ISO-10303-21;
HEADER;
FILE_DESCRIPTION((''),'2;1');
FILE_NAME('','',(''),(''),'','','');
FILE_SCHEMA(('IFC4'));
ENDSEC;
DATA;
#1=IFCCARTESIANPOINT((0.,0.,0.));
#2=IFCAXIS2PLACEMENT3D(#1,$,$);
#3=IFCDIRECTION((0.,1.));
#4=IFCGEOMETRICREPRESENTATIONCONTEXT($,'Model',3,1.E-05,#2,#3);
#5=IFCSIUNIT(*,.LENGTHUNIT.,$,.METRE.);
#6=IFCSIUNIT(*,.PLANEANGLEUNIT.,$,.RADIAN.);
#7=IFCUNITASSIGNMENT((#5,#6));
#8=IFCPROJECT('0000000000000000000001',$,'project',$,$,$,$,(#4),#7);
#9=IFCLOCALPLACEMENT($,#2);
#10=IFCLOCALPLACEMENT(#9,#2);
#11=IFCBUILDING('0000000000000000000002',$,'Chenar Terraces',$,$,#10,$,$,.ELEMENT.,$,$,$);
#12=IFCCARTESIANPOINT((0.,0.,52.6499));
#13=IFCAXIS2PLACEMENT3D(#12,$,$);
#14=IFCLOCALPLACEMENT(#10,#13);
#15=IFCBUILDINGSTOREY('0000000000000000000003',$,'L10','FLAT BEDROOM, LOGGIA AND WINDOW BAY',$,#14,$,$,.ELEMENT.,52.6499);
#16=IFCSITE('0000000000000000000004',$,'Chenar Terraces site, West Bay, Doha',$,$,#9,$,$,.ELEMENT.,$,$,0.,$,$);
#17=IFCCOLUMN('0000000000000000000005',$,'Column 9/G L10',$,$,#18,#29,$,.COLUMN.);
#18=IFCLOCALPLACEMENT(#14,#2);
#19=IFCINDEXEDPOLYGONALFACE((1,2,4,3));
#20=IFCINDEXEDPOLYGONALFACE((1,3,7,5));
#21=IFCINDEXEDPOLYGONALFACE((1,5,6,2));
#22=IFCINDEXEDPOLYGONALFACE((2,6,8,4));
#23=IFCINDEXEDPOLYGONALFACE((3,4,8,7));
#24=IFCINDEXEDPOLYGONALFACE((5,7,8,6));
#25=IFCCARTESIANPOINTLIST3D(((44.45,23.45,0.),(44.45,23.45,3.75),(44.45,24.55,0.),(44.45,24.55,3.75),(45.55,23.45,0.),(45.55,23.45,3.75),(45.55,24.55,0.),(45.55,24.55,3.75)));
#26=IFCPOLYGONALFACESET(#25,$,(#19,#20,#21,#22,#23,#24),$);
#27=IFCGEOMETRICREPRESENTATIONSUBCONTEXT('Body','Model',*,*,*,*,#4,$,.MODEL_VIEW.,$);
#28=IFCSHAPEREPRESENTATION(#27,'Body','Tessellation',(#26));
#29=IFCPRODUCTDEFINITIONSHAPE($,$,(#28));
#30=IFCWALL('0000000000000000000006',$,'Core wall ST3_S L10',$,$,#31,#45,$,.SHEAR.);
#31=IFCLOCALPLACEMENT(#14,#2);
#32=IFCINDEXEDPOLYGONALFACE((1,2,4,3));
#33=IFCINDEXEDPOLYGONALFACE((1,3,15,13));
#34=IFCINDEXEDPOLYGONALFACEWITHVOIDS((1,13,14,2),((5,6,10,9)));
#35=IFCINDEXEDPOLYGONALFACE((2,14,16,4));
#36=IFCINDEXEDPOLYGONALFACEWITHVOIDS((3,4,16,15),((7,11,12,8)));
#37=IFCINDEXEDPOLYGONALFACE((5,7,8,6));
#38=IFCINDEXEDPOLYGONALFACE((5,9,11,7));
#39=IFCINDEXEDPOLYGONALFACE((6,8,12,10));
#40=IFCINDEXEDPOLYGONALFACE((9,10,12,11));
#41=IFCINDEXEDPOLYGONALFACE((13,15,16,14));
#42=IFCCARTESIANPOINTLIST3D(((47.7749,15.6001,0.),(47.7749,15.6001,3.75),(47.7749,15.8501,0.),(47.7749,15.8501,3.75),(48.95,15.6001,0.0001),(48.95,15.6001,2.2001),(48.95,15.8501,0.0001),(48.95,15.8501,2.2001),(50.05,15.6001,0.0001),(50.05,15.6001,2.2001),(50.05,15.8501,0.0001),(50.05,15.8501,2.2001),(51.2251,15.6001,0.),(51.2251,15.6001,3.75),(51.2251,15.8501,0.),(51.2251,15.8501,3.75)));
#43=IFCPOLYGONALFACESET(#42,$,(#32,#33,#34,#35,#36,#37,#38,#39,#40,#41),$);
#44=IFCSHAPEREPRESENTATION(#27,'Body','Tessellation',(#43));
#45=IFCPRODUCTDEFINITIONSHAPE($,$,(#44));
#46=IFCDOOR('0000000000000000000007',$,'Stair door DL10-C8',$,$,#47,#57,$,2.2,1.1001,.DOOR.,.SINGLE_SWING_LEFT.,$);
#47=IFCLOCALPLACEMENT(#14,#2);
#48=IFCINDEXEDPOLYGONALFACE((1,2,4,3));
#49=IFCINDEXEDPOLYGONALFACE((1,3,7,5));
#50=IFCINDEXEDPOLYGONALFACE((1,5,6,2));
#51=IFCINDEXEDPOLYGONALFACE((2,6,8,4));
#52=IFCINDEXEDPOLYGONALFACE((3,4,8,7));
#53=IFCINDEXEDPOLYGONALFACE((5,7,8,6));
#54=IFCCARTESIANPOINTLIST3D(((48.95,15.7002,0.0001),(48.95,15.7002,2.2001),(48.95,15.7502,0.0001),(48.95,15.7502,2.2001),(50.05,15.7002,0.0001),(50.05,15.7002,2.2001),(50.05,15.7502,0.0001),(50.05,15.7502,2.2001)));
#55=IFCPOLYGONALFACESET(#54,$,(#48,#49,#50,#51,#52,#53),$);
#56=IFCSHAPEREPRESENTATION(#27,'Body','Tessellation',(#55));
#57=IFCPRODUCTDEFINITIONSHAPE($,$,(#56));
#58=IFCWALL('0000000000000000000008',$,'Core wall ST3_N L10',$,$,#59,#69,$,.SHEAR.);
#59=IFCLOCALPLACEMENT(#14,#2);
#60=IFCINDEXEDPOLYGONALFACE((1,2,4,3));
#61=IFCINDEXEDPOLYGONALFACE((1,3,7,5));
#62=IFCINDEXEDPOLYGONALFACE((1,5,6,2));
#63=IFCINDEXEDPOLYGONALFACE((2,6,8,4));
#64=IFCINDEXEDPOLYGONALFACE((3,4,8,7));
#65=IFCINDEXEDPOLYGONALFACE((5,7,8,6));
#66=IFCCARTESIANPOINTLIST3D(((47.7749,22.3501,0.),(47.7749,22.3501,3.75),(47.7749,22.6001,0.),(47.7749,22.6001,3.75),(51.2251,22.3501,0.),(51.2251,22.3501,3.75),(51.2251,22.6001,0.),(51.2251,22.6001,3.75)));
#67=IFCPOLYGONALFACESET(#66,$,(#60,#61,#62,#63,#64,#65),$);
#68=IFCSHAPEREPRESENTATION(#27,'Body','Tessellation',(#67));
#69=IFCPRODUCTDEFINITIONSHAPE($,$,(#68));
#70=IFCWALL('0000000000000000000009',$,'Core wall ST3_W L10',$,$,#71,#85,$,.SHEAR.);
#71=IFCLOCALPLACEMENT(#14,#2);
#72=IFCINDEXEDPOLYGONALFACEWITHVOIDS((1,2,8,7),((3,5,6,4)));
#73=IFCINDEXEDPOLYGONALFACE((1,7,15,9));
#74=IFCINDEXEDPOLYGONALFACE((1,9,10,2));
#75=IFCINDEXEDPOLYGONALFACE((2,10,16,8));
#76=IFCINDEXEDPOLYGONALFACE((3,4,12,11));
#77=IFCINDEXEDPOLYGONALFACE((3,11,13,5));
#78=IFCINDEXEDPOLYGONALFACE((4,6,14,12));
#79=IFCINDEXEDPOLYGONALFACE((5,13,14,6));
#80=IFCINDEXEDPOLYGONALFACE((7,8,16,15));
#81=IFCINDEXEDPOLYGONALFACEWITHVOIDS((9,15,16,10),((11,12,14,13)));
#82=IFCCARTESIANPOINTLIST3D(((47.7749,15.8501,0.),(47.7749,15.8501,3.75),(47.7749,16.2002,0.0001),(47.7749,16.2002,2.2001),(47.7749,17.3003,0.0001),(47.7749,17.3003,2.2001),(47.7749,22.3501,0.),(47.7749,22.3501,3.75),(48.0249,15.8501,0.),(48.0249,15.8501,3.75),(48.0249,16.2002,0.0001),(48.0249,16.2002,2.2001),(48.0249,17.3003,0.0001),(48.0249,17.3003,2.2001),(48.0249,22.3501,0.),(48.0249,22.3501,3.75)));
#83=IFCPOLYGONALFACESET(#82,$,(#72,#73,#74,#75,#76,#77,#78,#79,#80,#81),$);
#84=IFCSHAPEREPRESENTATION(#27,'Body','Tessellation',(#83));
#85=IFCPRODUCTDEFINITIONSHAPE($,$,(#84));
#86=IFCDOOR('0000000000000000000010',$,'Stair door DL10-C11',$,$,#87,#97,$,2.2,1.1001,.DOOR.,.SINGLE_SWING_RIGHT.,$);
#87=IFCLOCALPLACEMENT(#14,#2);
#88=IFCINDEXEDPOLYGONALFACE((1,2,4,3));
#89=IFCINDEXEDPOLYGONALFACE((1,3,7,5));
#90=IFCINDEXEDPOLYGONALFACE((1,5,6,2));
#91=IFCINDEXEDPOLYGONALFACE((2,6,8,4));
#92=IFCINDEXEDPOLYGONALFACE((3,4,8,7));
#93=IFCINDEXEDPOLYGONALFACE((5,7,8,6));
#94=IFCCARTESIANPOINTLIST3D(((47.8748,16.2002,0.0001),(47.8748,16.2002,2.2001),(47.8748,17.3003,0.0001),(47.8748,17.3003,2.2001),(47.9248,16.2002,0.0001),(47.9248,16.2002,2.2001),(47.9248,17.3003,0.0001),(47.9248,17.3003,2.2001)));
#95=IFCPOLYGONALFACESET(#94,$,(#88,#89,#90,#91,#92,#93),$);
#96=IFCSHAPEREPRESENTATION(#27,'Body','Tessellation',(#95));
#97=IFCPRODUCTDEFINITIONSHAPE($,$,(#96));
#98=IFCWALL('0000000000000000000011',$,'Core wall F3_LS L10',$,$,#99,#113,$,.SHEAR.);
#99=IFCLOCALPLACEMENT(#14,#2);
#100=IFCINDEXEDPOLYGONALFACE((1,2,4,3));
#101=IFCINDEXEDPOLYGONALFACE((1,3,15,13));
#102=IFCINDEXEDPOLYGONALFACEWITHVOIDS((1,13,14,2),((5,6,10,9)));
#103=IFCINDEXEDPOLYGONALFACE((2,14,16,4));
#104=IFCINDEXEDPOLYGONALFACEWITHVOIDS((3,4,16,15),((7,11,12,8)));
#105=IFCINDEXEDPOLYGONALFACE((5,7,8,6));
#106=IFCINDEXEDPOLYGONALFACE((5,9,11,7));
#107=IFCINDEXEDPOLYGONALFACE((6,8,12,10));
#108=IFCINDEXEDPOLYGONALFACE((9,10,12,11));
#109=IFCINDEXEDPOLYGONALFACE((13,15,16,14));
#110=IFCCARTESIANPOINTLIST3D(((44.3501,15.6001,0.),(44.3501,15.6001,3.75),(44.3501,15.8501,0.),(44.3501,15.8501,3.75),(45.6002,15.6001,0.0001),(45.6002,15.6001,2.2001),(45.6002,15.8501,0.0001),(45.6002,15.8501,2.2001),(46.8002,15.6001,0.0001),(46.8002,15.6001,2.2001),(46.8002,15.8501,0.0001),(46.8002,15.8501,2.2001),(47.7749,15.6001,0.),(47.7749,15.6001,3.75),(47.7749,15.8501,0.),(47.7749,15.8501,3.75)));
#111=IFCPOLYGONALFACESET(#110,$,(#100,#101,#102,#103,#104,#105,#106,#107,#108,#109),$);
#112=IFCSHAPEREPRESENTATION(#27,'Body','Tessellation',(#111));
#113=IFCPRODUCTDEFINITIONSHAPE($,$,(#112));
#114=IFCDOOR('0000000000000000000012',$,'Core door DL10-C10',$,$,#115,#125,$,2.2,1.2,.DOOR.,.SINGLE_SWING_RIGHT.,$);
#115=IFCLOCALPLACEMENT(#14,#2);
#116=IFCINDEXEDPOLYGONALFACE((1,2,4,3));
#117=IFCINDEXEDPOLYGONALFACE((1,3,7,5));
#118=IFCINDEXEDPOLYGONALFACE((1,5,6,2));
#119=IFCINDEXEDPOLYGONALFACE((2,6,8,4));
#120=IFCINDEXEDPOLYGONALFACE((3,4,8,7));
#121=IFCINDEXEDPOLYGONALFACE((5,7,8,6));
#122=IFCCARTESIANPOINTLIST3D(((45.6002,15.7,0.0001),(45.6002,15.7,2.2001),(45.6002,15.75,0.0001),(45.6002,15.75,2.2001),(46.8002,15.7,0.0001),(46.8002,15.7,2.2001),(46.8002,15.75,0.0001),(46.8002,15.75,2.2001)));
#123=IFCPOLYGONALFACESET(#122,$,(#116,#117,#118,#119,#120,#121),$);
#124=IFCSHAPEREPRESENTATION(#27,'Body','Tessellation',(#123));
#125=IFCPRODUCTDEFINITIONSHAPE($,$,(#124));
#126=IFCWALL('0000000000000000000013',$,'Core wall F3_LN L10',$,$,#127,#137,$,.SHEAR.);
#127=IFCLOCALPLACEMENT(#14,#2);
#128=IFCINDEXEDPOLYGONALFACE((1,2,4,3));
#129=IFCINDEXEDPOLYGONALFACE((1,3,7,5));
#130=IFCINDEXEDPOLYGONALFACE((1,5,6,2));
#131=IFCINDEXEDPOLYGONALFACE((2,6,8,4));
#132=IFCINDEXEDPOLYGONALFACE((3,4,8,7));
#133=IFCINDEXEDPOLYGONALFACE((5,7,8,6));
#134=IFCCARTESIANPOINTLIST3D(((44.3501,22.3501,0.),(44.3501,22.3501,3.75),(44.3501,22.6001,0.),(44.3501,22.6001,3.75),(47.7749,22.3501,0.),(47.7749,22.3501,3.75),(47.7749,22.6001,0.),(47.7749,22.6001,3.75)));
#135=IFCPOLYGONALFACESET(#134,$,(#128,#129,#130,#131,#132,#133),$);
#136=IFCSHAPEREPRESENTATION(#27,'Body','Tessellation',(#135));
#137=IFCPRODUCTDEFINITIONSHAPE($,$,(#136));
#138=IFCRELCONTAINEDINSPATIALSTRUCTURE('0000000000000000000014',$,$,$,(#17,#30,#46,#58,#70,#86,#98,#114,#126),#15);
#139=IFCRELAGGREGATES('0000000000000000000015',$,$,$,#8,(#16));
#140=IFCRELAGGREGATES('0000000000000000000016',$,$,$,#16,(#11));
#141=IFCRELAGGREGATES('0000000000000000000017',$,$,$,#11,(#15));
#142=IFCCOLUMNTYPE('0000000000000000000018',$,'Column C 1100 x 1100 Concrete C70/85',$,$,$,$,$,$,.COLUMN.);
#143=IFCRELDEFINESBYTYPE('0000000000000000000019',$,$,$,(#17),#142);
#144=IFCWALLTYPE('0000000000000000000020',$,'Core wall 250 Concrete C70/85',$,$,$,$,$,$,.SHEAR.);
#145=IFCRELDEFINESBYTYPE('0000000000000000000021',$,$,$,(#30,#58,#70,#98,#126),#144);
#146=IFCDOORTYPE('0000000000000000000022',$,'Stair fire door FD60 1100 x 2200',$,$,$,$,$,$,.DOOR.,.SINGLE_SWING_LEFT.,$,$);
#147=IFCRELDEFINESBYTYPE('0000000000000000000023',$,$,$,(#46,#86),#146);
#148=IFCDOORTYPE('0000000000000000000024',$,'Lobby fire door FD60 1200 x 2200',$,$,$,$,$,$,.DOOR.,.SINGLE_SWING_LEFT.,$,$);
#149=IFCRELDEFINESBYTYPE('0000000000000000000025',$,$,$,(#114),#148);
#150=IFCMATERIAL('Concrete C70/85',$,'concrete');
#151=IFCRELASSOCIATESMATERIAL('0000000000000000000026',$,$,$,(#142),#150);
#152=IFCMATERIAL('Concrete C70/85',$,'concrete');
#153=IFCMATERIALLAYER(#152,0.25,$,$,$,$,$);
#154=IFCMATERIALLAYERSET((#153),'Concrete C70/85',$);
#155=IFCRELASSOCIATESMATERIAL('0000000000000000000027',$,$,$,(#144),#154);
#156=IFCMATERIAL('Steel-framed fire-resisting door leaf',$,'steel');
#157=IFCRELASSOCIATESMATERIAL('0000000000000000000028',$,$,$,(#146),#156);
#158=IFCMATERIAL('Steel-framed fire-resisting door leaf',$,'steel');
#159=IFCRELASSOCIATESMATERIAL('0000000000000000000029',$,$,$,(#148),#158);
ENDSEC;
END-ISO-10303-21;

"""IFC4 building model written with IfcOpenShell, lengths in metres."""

from ifc_helpers import new_model, si_unit, direction, frame, frame_2d, origin, origin_2d, place, context, subcontext, project, spatial, rectangle, extrude, material, layer, layer_set, material_profile, profile_set, type_object, element, fill, save


model = new_model("IFC4")

# Units and contexts
model_context = context("Model", 3, precision=1e-05, world=origin(), true_north=direction((0.0, 1.0)))
body_context = subcontext(model_context, "Body", "Model", "MODEL_VIEW")
ifc_project = project(units=[si_unit("LENGTHUNIT", "METRE"), si_unit("PLANEANGLEUNIT", "RADIAN")], contexts=[model_context])

# Site, building, storey
site_placement = place(None, origin())
site = spatial("IfcSite", under=ifc_project, at=site_placement, Name="Chenar Terraces site, West Bay, Doha", CompositionType="ELEMENT", RefElevation=0.0)
building_placement = place(site_placement, origin())
building = spatial("IfcBuilding", under=site, at=building_placement, Name="Chenar Terraces", CompositionType="ELEMENT")
storey_placement = place(building_placement, frame((0.0, 0.0, 52.6499)))
storey = spatial("IfcBuildingStorey", under=building, at=storey_placement, Name="L10", Description="FLAT BEDROOM, LOGGIA AND WINDOW BAY", CompositionType="ELEMENT", Elevation=52.6499)

# Column
ifc_material_1 = material(Name="Concrete C70/85", Category="concrete")
ifc_material_profile = material_profile(ifc_material_1, rectangle(XDim=1.1001, YDim=1.1001, at=origin_2d()), Name="C 1100 x 1100")
ifc_profile_set = profile_set([ifc_material_profile], Name="Concrete C70/85")
column_type = type_object("IfcColumnType", Name="Column C 1100 x 1100 Concrete C70/85", PredefinedType="COLUMN", material=ifc_profile_set)
column_placement = place(storey_placement, frame((45.0, 24.0, 0.0), z_axis=(0.0, 0.0, 1.0), x_axis=(1.0, 0.0, 0.0)))
element("IfcColumn", 1, at=column_placement, inside=storey, type_object=column_type, Name="Column 9/G L10", PredefinedType="COLUMN", context=body_context, shape_type="SweptSolid", body=[
    extrude(rectangle(XDim=1.1001, YDim=1.1001, at=origin_2d()), origin(), (0.0, 0.0, 1.0), 3.75),
])

# Wall, opening, door
ifc_material_2 = material(Name="Concrete C70/85", Category="concrete")
ifc_layer_1 = layer(ifc_material_2, 0.25)
ifc_layer_set_1 = layer_set([ifc_layer_1], Name="Concrete C70/85")
wall_type_1 = type_object("IfcWallType", Name="Core wall 250 Concrete C70/85", PredefinedType="SHEAR", material=ifc_layer_set_1)
wall_1_placement = place(storey_placement, frame((47.7749, 15.7251, 0.0), z_axis=(0.0, 0.0, 1.0), x_axis=(1.0, 0.0, 0.0)))
wall_1 = element("IfcWall", 2, at=wall_1_placement, inside=storey, type_object=wall_type_1, Name="Core wall ST3_S L10", PredefinedType="SHEAR", context=body_context, shape_type="SweptSolid", body=[
    extrude(rectangle(XDim=3.4502, YDim=0.25, at=frame_2d((1.7251, 0.0))), origin(), (0.0, 0.0, 1.0), 3.75),
])
opening_1_placement = place(wall_1_placement, frame((1.175, 0.0, 0.0)))
opening_1 = element("IfcOpeningElement", 3, at=opening_1_placement, cuts=wall_1, PredefinedType="OPENING", context=body_context, shape_type="SweptSolid", body=[
    extrude(rectangle(XDim=1.1001, YDim=2.2, at=frame_2d((0.55, 1.1001))), frame((0.0, 0.135, 0.0), z_axis=(0.0, -1.0, 0.0), x_axis=(1.0, 0.0, 0.0)), (0.0, 0.0, 1.0), 0.27),
])
ifc_material_3 = material(Name="Steel-framed fire-resisting door leaf", Category="steel")
door_type_1 = type_object("IfcDoorType", Name="Stair fire door FD60 1100 x 2200", OperationType="SINGLE_SWING_LEFT", PredefinedType="DOOR", material=ifc_material_3)
door_1_placement = place(opening_1_placement, frame((1.1001, 0.0, 0.0), z_axis=(0.0, 0.0, 1.0), x_axis=(-1.0, 0.0, 0.0)))
door_1 = element("IfcDoor", 4, at=door_1_placement, inside=storey, type_object=door_type_1, Name="Stair door DL10-C8", OperationType="SINGLE_SWING_LEFT", OverallHeight=2.2, OverallWidth=1.1001, PredefinedType="DOOR", context=body_context, shape_type="SweptSolid", body=[
    extrude(rectangle(XDim=1.1001, YDim=2.2, at=frame_2d((0.55, 1.1001))), frame((0.0, 0.0249, 0.0), z_axis=(0.0, -1.0, 0.0), x_axis=(1.0, 0.0, 0.0)), (0.0, 0.0, 1.0), 0.05),
])
fill(opening_1, door_1)

# Wall
wall_2_placement = place(storey_placement, frame((47.7749, 22.4751, 0.0), z_axis=(0.0, 0.0, 1.0), x_axis=(1.0, 0.0, 0.0)))
element("IfcWall", 5, at=wall_2_placement, inside=storey, type_object=wall_type_1, Name="Core wall ST3_N L10", PredefinedType="SHEAR", context=body_context, shape_type="SweptSolid", body=[
    extrude(rectangle(XDim=3.4502, YDim=0.25, at=frame_2d((1.7251, 0.0))), origin(), (0.0, 0.0, 1.0), 3.75),
])

# Walls, openings, doors
wall_3_placement = place(storey_placement, frame((47.8999, 15.8501, 0.0), z_axis=(0.0, 0.0, 1.0), x_axis=(0.0, 1.0, 0.0)))
wall_3 = element("IfcWall", 6, at=wall_3_placement, inside=storey, type_object=wall_type_1, Name="Core wall ST3_W L10", PredefinedType="SHEAR", context=body_context, shape_type="SweptSolid", body=[
    extrude(rectangle(XDim=6.5, YDim=0.25, at=frame_2d((3.25, 0.0))), origin(), (0.0, 0.0, 1.0), 3.75),
])
opening_2_placement = place(wall_3_placement, frame((0.3501, 0.0, 0.0)))
opening_2 = element("IfcOpeningElement", 7, at=opening_2_placement, cuts=wall_3, PredefinedType="OPENING", context=body_context, shape_type="SweptSolid", body=[
    extrude(rectangle(XDim=1.1001, YDim=2.2, at=frame_2d((0.55, 1.1001))), frame((0.0, 0.135, 0.0), z_axis=(0.0, -1.0, 0.0), x_axis=(1.0, 0.0, 0.0)), (0.0, 0.0, 1.0), 0.27),
])
door_2_placement = place(opening_2_placement, frame((1.1001, 0.0, 0.0), z_axis=(0.0, 0.0, 1.0), x_axis=(-1.0, 0.0, 0.0)))
door_2 = element("IfcDoor", 8, at=door_2_placement, inside=storey, type_object=door_type_1, Name="Stair door DL10-C11", OperationType="SINGLE_SWING_RIGHT", OverallHeight=2.2, OverallWidth=1.1001, PredefinedType="DOOR", context=body_context, shape_type="SweptSolid", body=[
    extrude(rectangle(XDim=1.1001, YDim=2.2, at=frame_2d((0.55, 1.1001))), frame((0.0, 0.0249, 0.0), z_axis=(0.0, -1.0, 0.0), x_axis=(1.0, 0.0, 0.0)), (0.0, 0.0, 1.0), 0.05),
])
fill(opening_2, door_2)
wall_4_placement = place(storey_placement, frame((44.3501, 15.7251, 0.0), z_axis=(0.0, 0.0, 1.0), x_axis=(1.0, 0.0, 0.0)))
wall_4 = element("IfcWall", 9, at=wall_4_placement, inside=storey, type_object=wall_type_1, Name="Core wall F3_LS L10", PredefinedType="SHEAR", context=body_context, shape_type="SweptSolid", body=[
    extrude(rectangle(XDim=3.4248, YDim=0.25, at=frame_2d((1.7124, 0.0))), origin(), (0.0, 0.0, 1.0), 3.75),
])
opening_3_placement = place(wall_4_placement, frame((1.25, 0.0, 0.0)))
opening_3 = element("IfcOpeningElement", 10, at=opening_3_placement, cuts=wall_4, PredefinedType="OPENING", context=body_context, shape_type="SweptSolid", body=[
    extrude(rectangle(XDim=1.2, YDim=2.2, at=frame_2d((0.6001, 1.1001))), frame((0.0, 0.135, 0.0), z_axis=(0.0, -1.0, 0.0), x_axis=(1.0, 0.0, 0.0)), (0.0, 0.0, 1.0), 0.27),
])
ifc_material_4 = material(Name="Steel-framed fire-resisting door leaf", Category="steel")
door_type_2 = type_object("IfcDoorType", Name="Lobby fire door FD60 1200 x 2200", OperationType="SINGLE_SWING_LEFT", PredefinedType="DOOR", material=ifc_material_4)
door_3_placement = place(opening_3_placement, origin())
door_3 = element("IfcDoor", 11, at=door_3_placement, inside=storey, type_object=door_type_2, Name="Core door DL10-C10", OperationType="SINGLE_SWING_RIGHT", OverallHeight=2.2, OverallWidth=1.2, PredefinedType="DOOR", context=body_context, shape_type="SweptSolid", body=[
    extrude(rectangle(XDim=1.2, YDim=2.2, at=frame_2d((0.6001, 1.1001))), frame((0.0, 0.0249, 0.0), z_axis=(0.0, -1.0, 0.0), x_axis=(1.0, 0.0, 0.0)), (0.0, 0.0, 1.0), 0.05),
])
fill(opening_3, door_3)

# Wall
wall_5_placement = place(storey_placement, frame((44.3501, 22.4751, 0.0), z_axis=(0.0, 0.0, 1.0), x_axis=(1.0, 0.0, 0.0)))
element("IfcWall", 12, at=wall_5_placement, inside=storey, type_object=wall_type_1, Name="Core wall F3_LN L10", PredefinedType="SHEAR", context=body_context, shape_type="SweptSolid", body=[
    extrude(rectangle(XDim=3.4248, YDim=0.25, at=frame_2d((1.7124, 0.0))), origin(), (0.0, 0.0, 1.0), 3.75),
])

save(model, "model.ifc")
